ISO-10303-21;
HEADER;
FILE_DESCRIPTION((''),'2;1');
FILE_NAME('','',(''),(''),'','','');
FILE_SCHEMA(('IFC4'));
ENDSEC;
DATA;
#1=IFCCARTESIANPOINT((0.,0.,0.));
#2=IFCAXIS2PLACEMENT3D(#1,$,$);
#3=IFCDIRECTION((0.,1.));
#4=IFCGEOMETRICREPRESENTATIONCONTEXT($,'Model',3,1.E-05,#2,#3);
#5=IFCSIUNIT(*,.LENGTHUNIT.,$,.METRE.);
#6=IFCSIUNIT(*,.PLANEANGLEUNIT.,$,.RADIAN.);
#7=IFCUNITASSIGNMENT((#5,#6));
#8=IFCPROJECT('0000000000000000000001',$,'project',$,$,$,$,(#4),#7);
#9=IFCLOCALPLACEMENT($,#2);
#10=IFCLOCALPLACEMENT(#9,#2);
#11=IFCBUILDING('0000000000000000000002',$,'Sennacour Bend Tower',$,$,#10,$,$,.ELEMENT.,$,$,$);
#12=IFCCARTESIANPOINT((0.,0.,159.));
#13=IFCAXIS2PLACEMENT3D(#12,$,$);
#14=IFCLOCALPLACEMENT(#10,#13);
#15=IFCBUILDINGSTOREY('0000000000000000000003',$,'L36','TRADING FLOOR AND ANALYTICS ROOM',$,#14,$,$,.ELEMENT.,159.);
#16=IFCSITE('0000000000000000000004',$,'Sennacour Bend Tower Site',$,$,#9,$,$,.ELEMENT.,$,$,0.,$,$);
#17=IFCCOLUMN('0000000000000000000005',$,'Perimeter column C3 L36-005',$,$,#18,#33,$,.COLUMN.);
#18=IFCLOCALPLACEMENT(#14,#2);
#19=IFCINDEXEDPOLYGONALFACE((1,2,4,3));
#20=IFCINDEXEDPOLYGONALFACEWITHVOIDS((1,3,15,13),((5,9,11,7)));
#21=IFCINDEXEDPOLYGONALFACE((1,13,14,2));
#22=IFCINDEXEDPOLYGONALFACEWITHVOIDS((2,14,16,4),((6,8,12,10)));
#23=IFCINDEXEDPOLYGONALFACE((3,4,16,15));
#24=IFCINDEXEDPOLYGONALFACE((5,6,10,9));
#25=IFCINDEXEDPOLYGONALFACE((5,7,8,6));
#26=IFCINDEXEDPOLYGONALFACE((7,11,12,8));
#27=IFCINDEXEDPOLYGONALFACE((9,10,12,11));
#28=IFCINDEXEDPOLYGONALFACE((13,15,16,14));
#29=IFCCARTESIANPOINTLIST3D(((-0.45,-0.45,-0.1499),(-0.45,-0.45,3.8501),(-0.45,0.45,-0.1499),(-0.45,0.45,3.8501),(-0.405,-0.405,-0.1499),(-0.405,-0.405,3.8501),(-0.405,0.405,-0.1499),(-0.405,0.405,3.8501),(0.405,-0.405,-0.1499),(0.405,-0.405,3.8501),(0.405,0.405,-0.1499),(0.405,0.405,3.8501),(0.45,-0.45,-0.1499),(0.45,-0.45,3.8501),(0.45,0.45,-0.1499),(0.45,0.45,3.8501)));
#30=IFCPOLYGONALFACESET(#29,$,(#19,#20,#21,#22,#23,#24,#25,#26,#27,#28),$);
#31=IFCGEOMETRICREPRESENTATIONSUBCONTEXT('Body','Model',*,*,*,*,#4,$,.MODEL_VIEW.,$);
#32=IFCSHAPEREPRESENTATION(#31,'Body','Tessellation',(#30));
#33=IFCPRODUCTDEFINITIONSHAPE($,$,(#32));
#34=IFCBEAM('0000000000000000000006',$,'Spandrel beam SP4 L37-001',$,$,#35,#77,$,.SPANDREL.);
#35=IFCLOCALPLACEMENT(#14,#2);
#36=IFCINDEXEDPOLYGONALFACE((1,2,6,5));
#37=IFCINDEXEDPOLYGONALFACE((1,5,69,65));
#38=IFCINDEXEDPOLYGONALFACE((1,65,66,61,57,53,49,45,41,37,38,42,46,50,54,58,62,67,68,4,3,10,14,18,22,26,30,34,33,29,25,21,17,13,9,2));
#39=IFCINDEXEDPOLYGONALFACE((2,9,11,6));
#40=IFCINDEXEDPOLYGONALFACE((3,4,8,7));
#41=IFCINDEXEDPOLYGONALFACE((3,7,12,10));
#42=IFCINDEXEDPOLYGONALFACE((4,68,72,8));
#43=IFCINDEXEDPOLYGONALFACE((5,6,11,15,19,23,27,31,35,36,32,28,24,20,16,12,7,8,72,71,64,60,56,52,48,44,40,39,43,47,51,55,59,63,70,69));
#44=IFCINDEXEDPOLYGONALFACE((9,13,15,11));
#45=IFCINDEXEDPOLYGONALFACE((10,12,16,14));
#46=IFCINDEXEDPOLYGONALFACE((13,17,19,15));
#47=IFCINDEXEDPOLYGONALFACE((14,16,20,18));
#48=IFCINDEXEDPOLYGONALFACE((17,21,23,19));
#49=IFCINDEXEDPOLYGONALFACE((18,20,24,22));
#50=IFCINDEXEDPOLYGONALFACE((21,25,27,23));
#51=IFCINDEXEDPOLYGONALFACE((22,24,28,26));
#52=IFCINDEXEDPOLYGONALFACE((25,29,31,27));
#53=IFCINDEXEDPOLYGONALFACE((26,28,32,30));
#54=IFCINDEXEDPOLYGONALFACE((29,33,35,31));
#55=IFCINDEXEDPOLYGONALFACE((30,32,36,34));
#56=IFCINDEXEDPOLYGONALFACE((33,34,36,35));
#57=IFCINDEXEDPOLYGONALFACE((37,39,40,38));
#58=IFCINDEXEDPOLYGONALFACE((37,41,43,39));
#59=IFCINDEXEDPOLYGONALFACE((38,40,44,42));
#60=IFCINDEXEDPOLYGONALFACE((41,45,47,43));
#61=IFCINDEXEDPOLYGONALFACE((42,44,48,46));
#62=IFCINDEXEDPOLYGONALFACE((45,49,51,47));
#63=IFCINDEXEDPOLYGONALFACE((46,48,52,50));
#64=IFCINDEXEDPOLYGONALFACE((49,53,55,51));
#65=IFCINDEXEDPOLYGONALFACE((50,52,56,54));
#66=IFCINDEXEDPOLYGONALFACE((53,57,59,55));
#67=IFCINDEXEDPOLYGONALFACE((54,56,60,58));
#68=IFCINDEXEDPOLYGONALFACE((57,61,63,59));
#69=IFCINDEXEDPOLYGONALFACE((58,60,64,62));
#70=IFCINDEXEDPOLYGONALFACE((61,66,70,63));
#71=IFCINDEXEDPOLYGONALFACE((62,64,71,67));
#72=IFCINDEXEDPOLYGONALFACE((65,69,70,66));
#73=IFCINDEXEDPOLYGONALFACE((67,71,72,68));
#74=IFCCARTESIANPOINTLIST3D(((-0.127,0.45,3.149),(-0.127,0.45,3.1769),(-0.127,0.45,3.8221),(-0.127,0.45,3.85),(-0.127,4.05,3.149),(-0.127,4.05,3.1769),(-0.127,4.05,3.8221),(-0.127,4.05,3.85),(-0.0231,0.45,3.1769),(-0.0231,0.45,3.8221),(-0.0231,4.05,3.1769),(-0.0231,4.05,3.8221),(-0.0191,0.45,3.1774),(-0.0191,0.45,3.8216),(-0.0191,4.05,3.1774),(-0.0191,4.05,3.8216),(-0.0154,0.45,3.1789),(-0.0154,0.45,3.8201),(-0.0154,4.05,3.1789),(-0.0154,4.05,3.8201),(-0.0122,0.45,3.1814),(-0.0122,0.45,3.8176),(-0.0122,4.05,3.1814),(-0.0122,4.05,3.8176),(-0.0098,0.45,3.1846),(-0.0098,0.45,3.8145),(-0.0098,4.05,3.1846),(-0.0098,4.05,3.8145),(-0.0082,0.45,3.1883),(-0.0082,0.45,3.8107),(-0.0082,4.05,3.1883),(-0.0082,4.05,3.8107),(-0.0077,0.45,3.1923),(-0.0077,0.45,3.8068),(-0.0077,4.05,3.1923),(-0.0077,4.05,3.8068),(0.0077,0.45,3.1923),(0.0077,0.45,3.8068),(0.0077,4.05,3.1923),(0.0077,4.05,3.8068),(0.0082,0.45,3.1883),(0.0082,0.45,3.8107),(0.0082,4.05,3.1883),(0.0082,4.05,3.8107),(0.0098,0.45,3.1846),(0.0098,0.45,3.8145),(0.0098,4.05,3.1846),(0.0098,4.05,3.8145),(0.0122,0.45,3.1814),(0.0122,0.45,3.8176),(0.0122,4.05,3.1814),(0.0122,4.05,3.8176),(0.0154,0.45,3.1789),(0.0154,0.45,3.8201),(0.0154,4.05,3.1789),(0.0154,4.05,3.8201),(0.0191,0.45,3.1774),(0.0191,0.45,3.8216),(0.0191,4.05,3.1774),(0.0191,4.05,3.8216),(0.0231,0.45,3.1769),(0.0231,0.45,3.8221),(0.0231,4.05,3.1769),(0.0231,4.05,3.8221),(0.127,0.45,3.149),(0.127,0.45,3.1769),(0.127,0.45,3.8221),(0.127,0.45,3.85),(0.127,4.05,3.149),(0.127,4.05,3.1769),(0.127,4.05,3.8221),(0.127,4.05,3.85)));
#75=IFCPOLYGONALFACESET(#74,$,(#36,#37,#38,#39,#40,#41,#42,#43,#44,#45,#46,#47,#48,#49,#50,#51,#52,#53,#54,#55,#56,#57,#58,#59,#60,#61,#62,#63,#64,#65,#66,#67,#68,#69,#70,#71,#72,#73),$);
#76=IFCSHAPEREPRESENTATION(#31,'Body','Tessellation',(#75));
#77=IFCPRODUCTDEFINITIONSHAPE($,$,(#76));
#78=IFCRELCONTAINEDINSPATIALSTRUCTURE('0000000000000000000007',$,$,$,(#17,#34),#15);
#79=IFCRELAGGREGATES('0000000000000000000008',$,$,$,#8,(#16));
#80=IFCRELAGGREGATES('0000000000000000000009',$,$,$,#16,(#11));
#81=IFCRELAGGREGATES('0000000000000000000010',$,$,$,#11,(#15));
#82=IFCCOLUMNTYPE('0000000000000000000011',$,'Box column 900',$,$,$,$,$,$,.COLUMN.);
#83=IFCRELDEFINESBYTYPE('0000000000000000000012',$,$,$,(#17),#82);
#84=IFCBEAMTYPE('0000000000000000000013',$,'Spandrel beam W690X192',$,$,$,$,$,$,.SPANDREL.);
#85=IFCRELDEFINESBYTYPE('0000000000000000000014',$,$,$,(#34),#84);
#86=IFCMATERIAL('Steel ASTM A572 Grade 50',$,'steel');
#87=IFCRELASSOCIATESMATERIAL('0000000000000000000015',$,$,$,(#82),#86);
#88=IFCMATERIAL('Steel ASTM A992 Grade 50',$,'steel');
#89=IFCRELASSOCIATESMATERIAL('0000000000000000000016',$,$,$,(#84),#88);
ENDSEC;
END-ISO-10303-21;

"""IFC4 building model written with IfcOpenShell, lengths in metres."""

from ifc_helpers import new_model, si_unit, direction, frame, origin, origin_2d, place, context, subcontext, project, spatial, hollow_rectangle, i_section, extrude, material, material_profile, profile_set, type_object, element, save


model = new_model("IFC4")

# Units and contexts
model_context = context("Model", 3, precision=1e-05, world=origin(), true_north=direction((0.0, 1.0)))
body_context = subcontext(model_context, "Body", "Model", "MODEL_VIEW")
ifc_project = project(units=[si_unit("LENGTHUNIT", "METRE"), si_unit("PLANEANGLEUNIT", "RADIAN")], contexts=[model_context])

# Site, building, storey
site_placement = place(None, origin())
site = spatial("IfcSite", under=ifc_project, at=site_placement, Name="Sennacour Bend Tower Site", CompositionType="ELEMENT", RefElevation=0.0)
building_placement = place(site_placement, origin())
building = spatial("IfcBuilding", under=site, at=building_placement, Name="Sennacour Bend Tower", CompositionType="ELEMENT")
storey_placement = place(building_placement, frame((0.0, 0.0, 159.0)))
storey = spatial("IfcBuildingStorey", under=building, at=storey_placement, Name="L36", Description="TRADING FLOOR AND ANALYTICS ROOM", CompositionType="ELEMENT", Elevation=159.0)

# Column
ifc_material_1 = material(Name="Steel ASTM A572 Grade 50", Category="steel")
ifc_material_profile_1 = material_profile(ifc_material_1, hollow_rectangle(XDim=0.8999, YDim=0.8999, WallThickness=0.0449, at=origin_2d()), Name="Steel ASTM A572 Grade 50", Category="steel")
ifc_profile_set_1 = profile_set([ifc_material_profile_1], Name="Steel ASTM A572 Grade 50")
column_type = type_object("IfcColumnType", Name="Box column 900", PredefinedType="COLUMN", material=ifc_profile_set_1)
column_placement = place(storey_placement, frame((0.0, 0.0, -0.1499), z_axis=(0.0, 0.0, 1.0), x_axis=(1.0, 0.0, 0.0)))
element("IfcColumn", 1, at=column_placement, inside=storey, type_object=column_type, Name="Perimeter column C3 L36-005", PredefinedType="COLUMN", context=body_context, shape_type="SweptSolid", body=[
    extrude(hollow_rectangle(XDim=0.8999, YDim=0.8999, WallThickness=0.0449, at=origin_2d()), origin(), (0.0, 0.0, 1.0), 4.0),
])

# Beam
ifc_material_2 = material(Name="Steel ASTM A992 Grade 50", Category="steel")
ifc_material_profile_2 = material_profile(ifc_material_2, i_section(OverallWidth=0.2539, OverallDepth=0.7009, WebThickness=0.0154, FlangeThickness=0.0278, FilletRadius=0.0154, at=origin_2d()), Name="Steel ASTM A992 Grade 50", Category="steel")
ifc_profile_set_2 = profile_set([ifc_material_profile_2], Name="Steel ASTM A992 Grade 50")
beam_type = type_object("IfcBeamType", Name="Spandrel beam W690X192", PredefinedType="SPANDREL", material=ifc_profile_set_2)
beam_placement = place(storey_placement, frame((0.0, 0.45, 3.4995), z_axis=(0.0, 1.0, 0.0), x_axis=(-1.0, 0.0, 0.0)))
element("IfcBeam", 2, at=beam_placement, inside=storey, type_object=beam_type, Name="Spandrel beam SP4 L37-001", PredefinedType="SPANDREL", context=body_context, shape_type="SweptSolid", body=[
    extrude(i_section(OverallWidth=0.2539, OverallDepth=0.7009, WebThickness=0.0154, FlangeThickness=0.0278, FilletRadius=0.0154, at=origin_2d()), origin(), (0.0, 0.0, 1.0), 3.6001),
])

save(model, "model.ifc")
